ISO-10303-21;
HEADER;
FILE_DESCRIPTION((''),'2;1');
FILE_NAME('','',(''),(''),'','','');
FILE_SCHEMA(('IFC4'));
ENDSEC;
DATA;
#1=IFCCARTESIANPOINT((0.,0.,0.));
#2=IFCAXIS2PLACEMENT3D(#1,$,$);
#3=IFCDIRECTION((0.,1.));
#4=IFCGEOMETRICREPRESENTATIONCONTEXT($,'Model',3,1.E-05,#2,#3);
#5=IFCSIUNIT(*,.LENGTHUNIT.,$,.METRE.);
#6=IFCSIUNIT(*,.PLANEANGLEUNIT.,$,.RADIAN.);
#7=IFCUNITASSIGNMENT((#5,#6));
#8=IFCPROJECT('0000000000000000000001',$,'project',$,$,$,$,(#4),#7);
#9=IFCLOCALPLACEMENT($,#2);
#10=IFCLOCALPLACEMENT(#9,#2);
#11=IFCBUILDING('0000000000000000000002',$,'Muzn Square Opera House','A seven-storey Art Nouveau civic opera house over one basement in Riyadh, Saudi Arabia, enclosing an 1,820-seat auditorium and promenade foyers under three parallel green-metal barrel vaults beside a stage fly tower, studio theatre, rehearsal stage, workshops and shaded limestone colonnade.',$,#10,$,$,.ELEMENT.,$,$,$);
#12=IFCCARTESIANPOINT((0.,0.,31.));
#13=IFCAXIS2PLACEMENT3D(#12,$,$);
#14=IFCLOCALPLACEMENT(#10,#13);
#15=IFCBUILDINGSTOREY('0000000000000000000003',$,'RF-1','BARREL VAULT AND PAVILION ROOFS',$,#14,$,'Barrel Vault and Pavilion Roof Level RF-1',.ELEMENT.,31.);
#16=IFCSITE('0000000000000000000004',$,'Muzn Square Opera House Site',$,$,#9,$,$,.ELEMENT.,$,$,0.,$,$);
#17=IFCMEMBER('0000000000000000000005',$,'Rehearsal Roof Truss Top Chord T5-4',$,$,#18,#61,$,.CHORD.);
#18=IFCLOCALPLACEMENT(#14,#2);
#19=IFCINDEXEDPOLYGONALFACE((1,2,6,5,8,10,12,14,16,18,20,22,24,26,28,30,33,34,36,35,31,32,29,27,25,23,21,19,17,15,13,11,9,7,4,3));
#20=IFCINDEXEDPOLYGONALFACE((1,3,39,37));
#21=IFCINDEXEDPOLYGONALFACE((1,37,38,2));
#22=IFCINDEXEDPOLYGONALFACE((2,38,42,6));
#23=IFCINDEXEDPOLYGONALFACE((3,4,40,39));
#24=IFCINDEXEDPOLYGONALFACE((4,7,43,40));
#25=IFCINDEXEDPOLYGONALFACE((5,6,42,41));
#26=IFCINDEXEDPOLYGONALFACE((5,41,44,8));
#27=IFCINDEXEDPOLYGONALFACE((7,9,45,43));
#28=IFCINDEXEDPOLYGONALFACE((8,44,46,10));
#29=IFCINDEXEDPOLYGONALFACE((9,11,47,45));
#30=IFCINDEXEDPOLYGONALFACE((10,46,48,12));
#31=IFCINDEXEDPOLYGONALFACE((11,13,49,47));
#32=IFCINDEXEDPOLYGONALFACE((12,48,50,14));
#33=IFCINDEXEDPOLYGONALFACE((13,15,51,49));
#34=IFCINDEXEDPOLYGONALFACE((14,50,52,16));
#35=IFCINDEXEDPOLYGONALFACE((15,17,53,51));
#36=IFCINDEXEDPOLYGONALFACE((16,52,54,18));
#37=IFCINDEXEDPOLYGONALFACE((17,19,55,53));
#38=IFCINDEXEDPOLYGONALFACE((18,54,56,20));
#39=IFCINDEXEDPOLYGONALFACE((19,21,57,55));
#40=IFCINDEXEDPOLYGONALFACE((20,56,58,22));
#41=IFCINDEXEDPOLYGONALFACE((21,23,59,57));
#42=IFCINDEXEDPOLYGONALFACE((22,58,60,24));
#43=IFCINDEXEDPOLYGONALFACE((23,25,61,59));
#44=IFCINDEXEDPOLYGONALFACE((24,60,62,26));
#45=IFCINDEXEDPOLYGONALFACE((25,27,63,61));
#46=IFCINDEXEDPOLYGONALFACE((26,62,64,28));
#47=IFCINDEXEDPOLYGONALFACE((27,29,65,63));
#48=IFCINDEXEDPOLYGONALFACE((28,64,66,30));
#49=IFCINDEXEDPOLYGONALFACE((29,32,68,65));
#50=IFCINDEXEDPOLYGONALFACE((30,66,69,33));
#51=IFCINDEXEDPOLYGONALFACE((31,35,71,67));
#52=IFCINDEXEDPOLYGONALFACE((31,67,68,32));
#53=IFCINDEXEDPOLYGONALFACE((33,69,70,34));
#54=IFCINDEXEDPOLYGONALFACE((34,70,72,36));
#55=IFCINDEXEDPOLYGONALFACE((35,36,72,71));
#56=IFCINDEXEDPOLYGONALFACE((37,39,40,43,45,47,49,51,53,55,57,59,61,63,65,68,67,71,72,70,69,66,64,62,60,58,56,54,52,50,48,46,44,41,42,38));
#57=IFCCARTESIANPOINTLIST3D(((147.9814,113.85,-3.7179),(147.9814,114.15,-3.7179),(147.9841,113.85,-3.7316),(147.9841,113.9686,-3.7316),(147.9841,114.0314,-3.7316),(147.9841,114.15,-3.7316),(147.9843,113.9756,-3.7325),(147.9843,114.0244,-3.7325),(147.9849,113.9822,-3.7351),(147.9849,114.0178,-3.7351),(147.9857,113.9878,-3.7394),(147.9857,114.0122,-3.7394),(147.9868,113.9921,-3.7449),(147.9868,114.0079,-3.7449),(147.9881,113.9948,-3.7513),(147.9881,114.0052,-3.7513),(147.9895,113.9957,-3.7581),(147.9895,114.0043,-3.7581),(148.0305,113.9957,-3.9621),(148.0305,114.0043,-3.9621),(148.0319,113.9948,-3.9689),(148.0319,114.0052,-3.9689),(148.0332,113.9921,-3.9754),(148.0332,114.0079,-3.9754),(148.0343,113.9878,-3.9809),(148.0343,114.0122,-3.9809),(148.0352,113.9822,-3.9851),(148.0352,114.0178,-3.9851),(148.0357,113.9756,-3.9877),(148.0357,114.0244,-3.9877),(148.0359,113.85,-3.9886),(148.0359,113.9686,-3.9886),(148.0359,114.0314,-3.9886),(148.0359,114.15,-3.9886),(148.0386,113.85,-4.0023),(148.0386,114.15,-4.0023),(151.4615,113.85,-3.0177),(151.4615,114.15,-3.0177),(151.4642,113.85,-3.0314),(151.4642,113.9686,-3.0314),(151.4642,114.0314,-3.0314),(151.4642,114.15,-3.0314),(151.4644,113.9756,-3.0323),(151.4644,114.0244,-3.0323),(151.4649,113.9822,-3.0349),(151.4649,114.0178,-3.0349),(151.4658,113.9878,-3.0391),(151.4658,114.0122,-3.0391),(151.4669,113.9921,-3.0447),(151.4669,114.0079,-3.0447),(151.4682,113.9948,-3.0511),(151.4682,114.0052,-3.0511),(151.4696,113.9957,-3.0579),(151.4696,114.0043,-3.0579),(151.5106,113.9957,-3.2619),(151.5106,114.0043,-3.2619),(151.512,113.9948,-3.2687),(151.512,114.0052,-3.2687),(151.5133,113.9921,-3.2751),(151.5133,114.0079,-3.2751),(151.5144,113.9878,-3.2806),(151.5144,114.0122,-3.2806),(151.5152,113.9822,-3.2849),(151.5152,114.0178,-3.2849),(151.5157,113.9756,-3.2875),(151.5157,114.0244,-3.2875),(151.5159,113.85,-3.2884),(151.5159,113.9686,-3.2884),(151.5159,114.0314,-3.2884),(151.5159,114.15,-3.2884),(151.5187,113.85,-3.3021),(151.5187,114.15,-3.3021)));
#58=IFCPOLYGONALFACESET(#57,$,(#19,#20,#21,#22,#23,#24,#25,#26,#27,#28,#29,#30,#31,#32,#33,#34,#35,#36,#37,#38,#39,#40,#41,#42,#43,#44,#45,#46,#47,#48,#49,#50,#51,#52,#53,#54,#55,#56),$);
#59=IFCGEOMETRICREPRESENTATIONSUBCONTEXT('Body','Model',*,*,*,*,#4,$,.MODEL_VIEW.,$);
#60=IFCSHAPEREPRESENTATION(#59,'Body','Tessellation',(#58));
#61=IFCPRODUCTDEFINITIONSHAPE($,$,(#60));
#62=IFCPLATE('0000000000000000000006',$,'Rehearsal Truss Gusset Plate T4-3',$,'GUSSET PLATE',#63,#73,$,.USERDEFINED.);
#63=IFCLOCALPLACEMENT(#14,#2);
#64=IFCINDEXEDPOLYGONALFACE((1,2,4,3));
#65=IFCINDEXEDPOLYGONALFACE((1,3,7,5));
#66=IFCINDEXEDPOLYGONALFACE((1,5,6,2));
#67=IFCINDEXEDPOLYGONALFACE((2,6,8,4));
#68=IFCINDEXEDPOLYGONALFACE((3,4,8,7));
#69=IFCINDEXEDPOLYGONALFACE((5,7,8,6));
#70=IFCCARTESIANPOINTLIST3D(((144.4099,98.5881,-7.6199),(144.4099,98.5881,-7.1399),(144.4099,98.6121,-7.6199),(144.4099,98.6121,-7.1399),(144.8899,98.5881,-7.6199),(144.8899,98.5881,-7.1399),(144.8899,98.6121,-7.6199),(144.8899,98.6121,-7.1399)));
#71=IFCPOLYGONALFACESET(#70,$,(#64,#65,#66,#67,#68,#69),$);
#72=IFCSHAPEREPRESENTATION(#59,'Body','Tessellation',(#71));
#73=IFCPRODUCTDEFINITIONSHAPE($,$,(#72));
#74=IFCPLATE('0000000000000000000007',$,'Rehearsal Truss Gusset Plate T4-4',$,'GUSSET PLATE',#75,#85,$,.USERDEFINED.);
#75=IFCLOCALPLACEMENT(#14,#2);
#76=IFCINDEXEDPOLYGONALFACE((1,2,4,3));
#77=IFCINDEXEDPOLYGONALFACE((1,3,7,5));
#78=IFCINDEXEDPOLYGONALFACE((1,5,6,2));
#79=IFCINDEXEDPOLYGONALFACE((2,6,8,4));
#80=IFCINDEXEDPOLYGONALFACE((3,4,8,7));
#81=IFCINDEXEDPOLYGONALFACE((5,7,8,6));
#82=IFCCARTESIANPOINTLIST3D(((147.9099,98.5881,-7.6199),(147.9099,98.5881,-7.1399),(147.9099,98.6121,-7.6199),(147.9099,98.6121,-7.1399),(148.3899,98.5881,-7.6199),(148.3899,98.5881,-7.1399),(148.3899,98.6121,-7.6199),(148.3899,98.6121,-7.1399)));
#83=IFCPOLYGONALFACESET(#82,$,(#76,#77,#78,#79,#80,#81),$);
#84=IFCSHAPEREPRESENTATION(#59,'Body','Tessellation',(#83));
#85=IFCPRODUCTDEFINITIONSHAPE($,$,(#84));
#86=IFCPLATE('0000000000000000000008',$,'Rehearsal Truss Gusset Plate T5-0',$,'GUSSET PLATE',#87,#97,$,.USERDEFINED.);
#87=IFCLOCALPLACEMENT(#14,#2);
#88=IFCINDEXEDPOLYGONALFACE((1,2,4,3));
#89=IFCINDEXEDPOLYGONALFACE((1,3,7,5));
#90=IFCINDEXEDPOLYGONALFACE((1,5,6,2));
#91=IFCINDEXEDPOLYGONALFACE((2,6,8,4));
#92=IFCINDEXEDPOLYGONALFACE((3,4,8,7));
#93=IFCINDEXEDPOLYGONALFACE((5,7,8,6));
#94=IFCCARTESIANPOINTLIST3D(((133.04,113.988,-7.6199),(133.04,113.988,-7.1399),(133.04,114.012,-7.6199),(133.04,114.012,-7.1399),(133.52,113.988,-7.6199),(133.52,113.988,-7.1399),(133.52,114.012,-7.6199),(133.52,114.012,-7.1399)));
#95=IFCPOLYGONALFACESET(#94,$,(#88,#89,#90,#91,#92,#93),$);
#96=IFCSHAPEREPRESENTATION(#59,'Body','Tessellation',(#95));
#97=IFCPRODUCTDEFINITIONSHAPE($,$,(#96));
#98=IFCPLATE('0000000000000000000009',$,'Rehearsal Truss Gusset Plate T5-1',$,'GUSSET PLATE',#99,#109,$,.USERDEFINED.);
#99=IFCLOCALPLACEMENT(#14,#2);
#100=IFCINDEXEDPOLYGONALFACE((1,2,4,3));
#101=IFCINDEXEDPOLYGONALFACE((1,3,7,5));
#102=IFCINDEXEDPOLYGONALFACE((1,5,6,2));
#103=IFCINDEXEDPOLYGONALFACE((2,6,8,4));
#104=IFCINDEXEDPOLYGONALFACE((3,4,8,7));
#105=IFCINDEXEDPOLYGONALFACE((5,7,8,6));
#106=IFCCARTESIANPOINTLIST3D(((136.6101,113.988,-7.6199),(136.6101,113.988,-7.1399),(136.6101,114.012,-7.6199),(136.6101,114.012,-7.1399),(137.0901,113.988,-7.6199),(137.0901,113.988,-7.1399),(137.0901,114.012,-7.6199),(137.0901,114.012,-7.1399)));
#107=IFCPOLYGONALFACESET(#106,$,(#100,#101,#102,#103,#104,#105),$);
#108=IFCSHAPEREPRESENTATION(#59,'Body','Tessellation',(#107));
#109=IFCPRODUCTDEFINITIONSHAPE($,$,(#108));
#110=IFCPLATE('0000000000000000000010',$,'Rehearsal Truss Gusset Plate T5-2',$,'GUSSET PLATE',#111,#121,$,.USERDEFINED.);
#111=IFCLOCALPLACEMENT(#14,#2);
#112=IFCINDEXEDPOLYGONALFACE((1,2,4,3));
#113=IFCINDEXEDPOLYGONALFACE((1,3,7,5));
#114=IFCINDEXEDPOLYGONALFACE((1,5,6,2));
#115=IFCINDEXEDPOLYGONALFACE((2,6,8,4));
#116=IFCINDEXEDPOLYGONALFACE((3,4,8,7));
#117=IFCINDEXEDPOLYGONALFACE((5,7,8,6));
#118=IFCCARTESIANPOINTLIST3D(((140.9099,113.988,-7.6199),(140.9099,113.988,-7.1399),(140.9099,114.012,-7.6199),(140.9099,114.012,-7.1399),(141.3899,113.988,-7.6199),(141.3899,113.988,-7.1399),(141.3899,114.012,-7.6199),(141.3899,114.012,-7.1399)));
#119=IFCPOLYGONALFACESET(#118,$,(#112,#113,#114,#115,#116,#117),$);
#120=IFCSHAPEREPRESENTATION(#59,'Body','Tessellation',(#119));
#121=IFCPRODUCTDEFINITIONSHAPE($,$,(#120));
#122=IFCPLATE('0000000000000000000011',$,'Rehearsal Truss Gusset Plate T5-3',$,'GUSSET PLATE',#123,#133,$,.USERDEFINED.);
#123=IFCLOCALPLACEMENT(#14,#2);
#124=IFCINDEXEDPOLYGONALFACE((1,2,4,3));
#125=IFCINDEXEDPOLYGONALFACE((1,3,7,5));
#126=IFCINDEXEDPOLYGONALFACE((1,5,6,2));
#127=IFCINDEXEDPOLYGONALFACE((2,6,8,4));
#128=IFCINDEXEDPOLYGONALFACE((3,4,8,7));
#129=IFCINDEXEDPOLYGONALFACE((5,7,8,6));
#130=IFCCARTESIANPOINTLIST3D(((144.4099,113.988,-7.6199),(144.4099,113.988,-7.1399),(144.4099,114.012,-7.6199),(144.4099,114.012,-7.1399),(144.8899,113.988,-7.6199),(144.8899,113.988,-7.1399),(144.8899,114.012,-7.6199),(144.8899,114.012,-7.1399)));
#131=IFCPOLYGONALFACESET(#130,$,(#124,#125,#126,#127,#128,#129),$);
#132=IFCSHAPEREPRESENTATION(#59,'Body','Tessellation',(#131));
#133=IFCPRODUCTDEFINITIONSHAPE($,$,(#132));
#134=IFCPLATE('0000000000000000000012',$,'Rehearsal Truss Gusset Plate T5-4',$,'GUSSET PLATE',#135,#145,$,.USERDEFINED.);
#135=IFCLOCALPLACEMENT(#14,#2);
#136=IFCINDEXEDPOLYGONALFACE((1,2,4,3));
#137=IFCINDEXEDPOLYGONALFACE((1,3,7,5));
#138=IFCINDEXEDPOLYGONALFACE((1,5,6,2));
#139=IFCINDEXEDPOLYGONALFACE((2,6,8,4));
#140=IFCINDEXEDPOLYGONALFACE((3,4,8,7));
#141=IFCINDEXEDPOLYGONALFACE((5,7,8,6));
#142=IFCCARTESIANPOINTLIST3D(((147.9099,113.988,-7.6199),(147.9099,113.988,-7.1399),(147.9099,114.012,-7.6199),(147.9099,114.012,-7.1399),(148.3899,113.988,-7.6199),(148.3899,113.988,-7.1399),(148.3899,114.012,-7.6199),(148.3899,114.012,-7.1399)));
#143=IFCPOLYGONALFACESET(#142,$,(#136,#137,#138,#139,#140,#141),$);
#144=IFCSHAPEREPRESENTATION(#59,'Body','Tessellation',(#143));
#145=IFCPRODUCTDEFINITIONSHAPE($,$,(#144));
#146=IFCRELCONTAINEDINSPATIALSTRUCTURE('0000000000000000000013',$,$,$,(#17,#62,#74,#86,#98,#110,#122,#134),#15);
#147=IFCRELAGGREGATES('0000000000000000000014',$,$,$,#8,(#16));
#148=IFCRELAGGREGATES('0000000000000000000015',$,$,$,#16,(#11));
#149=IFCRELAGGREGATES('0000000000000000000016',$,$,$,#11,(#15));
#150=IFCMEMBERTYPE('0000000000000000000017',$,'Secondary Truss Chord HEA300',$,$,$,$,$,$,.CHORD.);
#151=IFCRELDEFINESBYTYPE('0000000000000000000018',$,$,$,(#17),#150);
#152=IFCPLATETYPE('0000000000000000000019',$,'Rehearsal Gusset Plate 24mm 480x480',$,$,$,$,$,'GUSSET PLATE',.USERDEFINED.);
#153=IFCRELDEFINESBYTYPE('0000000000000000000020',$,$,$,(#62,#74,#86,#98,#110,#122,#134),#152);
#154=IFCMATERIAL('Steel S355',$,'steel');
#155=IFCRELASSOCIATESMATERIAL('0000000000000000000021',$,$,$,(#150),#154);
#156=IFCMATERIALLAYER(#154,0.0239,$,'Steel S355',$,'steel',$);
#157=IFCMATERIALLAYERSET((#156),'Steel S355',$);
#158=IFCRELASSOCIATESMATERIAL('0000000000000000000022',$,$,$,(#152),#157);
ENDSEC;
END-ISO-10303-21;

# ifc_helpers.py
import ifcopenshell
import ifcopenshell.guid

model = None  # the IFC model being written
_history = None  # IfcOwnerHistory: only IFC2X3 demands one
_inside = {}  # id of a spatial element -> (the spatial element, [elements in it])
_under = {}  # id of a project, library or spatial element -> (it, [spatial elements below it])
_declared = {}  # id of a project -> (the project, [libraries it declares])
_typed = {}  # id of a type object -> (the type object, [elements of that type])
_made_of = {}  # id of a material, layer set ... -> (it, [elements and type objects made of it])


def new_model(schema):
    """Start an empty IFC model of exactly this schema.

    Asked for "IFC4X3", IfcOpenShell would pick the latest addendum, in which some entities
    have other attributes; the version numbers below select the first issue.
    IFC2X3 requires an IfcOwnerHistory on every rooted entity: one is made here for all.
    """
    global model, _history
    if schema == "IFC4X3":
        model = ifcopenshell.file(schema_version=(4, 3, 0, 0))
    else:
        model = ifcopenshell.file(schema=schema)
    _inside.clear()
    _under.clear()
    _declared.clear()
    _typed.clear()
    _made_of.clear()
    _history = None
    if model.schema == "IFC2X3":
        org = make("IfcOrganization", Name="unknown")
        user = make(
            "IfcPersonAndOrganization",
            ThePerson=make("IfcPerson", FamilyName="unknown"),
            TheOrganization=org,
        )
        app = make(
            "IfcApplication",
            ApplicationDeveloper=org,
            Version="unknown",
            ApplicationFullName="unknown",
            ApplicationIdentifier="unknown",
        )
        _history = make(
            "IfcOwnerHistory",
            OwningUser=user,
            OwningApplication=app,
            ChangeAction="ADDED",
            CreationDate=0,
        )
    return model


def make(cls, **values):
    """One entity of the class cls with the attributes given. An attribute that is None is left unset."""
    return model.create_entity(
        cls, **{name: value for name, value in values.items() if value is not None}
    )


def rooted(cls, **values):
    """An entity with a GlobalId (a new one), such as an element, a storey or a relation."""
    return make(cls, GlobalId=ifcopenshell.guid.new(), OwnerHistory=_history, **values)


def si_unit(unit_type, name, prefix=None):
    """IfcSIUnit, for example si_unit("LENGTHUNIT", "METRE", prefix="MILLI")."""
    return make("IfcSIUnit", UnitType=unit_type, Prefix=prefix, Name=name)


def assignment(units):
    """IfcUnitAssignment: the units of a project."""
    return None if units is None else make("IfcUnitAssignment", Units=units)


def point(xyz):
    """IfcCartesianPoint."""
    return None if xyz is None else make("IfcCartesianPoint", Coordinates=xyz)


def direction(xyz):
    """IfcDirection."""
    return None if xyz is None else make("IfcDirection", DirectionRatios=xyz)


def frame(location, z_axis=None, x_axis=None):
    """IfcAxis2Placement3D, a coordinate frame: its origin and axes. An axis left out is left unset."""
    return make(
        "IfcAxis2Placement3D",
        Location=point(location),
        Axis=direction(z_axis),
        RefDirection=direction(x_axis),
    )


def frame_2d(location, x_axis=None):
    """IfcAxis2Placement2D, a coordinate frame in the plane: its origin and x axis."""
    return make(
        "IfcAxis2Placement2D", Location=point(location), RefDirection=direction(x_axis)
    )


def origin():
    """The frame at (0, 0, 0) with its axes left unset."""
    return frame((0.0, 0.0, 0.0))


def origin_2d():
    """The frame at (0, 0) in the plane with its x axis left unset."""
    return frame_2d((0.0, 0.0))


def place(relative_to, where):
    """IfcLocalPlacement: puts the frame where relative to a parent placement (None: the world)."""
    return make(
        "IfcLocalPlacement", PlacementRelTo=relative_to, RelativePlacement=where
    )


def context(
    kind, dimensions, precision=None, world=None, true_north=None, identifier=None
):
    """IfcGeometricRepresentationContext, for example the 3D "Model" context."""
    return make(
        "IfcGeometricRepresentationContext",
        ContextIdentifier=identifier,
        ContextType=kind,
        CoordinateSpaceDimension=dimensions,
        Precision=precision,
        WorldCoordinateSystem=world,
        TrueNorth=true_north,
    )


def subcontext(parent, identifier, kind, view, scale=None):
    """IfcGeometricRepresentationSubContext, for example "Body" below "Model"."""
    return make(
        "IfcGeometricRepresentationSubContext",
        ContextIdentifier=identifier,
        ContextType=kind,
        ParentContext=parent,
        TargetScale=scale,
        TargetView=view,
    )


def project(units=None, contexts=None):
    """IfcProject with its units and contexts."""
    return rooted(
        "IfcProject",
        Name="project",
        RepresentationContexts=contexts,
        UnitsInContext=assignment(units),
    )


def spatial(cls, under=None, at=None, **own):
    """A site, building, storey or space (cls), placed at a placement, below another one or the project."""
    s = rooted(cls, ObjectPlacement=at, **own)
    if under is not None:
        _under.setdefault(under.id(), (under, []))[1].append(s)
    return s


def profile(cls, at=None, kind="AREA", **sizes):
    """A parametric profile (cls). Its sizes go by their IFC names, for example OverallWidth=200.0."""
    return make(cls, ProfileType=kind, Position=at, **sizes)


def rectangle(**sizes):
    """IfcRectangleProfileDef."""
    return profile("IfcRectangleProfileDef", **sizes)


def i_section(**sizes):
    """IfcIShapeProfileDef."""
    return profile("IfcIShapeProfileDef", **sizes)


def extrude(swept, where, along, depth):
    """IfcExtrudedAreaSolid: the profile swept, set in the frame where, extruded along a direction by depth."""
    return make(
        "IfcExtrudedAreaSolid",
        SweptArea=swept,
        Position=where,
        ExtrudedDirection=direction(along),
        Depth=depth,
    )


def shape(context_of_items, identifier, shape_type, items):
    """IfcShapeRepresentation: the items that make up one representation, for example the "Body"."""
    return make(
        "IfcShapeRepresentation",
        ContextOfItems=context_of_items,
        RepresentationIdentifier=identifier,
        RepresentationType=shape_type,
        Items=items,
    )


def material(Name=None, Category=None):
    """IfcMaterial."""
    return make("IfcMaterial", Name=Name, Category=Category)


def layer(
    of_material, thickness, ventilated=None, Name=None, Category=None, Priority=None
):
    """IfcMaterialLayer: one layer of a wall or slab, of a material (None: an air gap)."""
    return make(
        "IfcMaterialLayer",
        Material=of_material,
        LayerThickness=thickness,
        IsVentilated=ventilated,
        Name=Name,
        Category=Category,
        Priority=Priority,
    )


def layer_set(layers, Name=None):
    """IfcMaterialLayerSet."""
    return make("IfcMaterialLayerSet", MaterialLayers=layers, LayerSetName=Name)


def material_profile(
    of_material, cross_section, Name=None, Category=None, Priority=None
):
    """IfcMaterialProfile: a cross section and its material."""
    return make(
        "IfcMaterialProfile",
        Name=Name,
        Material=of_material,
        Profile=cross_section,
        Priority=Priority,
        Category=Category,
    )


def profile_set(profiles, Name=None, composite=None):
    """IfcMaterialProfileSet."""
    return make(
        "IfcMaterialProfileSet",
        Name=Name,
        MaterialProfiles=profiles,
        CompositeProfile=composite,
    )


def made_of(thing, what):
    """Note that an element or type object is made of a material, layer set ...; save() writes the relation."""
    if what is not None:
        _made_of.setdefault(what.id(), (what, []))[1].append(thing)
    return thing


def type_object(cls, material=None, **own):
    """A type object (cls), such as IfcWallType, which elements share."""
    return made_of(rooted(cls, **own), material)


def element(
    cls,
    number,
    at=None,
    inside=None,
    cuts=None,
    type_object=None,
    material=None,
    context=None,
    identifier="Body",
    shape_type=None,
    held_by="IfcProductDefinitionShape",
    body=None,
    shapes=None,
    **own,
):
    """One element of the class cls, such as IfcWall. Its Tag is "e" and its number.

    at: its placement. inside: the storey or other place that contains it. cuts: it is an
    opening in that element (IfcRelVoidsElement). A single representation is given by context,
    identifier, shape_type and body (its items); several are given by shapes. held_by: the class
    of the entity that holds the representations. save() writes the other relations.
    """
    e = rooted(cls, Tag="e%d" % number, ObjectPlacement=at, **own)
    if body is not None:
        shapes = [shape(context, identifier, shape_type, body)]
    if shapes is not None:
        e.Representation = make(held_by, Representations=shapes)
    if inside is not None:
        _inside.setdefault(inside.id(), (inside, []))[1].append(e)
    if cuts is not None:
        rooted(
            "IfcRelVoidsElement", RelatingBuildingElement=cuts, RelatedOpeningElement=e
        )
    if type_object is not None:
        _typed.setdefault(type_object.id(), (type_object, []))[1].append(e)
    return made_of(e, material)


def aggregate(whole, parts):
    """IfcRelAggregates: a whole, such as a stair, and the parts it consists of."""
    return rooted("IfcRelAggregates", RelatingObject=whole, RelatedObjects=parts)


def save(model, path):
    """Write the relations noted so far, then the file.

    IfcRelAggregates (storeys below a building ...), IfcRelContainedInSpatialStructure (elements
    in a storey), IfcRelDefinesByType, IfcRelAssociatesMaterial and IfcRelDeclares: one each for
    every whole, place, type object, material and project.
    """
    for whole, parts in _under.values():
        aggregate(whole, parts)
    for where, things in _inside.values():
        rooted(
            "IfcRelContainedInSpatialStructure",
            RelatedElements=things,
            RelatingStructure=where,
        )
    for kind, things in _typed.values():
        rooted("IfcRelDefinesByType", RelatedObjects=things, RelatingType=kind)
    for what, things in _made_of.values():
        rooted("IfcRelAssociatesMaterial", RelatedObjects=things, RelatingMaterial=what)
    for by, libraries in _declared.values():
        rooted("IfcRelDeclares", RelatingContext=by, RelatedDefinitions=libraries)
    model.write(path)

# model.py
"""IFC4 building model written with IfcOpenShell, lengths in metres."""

from ifc_helpers import new_model, si_unit, direction, frame, origin, origin_2d, place, context, subcontext, project, spatial, rectangle, i_section, extrude, material, layer, layer_set, material_profile, profile_set, type_object, element, save


model = new_model("IFC4")

# Units and contexts
model_context = context("Model", 3, precision=1e-05, world=origin(), true_north=direction((0.0, 1.0)))
body_context = subcontext(model_context, "Body", "Model", "MODEL_VIEW")
ifc_project = project(units=[si_unit("LENGTHUNIT", "METRE"), si_unit("PLANEANGLEUNIT", "RADIAN")], contexts=[model_context])

# Site, building, storey
site_placement = place(None, origin())
site = spatial("IfcSite", under=ifc_project, at=site_placement, Name="Muzn Square Opera House Site", CompositionType="ELEMENT", RefElevation=0.0)
building_placement = place(site_placement, origin())
building = spatial("IfcBuilding", under=site, at=building_placement, Name="Muzn Square Opera House", Description="A seven-storey Art Nouveau civic opera house over one basement in Riyadh, Saudi Arabia, enclosing an 1,820-seat auditorium and promenade foyers under three parallel green-metal barrel vaults beside a stage fly tower, studio theatre, rehearsal stage, workshops and shaded limestone colonnade.", CompositionType="ELEMENT")
storey_placement = place(building_placement, frame((0.0, 0.0, 31.0)))
storey = spatial("IfcBuildingStorey", under=building, at=storey_placement, Name="RF-1", Description="BARREL VAULT AND PAVILION ROOFS", LongName="Barrel Vault and Pavilion Roof Level RF-1", CompositionType="ELEMENT", Elevation=31.0)

# Shared definitions
ifc_material = material(Name="Steel S355", Category="steel")

# Member
ifc_material_profile_1 = material_profile(ifc_material, i_section(OverallWidth=0.3, OverallDepth=0.29, WebThickness=0.0085, FlangeThickness=0.0139, FilletRadius=0.0271, at=origin_2d()), Name="HEA 300", Category="steel")
ifc_profile_set_1 = profile_set([ifc_material_profile_1], Name="Steel S355")
member_type_1 = type_object("IfcMemberType", Name="Secondary Truss Chord HEA300", PredefinedType="CHORD", material=ifc_profile_set_1)
member_1_placement = place(storey_placement, frame((148.01, 114.0, -3.8601), z_axis=(0.980353, 0.0, 0.197253), x_axis=(0.0, 1.0, 0.0)))
element("IfcMember", 1, at=member_1_placement, inside=storey, type_object=member_type_1, Name="Rehearsal Roof Truss Top Chord T5-4", PredefinedType="CHORD", context=body_context, shape_type="SweptSolid", body=[
    extrude(i_section(OverallWidth=0.3, OverallDepth=0.29, WebThickness=0.0085, FlangeThickness=0.0139, FilletRadius=0.0271, at=origin_2d()), origin(), (0.0, 0.0, 1.0), 3.5498),
])

# Plates
ifc_layer = layer(ifc_material, 0.0239, Name="Steel S355", Category="steel")
ifc_layer_set = layer_set([ifc_layer], Name="Steel S355")
plate_type = type_object("IfcPlateType", Name="Rehearsal Gusset Plate 24mm 480x480", ElementType="GUSSET PLATE", PredefinedType="USERDEFINED", material=ifc_layer_set)
for number, where, z_axis, x_axis, name in (
    (2, (144.6499, 98.6001, -7.6199), (0.0, 0.0, 1.0), (1.0, 0.0, 0.0), "Rehearsal Truss Gusset Plate T4-3"),
    (3, (148.1499, 98.6001, -7.6199), (0.0, 0.0, 1.0), (1.0, 0.0, 0.0), "Rehearsal Truss Gusset Plate T4-4"),
    (4, (133.28, 114.0, -7.6199), (0.0, 0.0, 1.0), (1.0, 0.0, 0.0), "Rehearsal Truss Gusset Plate T5-0"),
    (5, (136.8501, 114.0, -7.6199), (0.0, 0.0, 1.0), (1.0, 0.0, 0.0), "Rehearsal Truss Gusset Plate T5-1"),
    (6, (141.1499, 114.0, -7.6199), (0.0, 0.0, 1.0), (1.0, 0.0, 0.0), "Rehearsal Truss Gusset Plate T5-2"),
    (7, (144.6499, 114.0, -7.6199), (0.0, 0.0, 1.0), (1.0, 0.0, 0.0), "Rehearsal Truss Gusset Plate T5-3"),
    (8, (148.1499, 114.0, -7.6199), (0.0, 0.0, 1.0), (1.0, 0.0, 0.0), "Rehearsal Truss Gusset Plate T5-4"),
):
    element("IfcPlate", number, at=place(storey_placement, frame(where, z_axis=z_axis, x_axis=x_axis)), inside=storey, type_object=plate_type, Name=name, ObjectType="GUSSET PLATE", PredefinedType="USERDEFINED", context=body_context, shape_type="SweptSolid", body=[
        extrude(rectangle(XDim=0.48, YDim=0.0239, at=origin_2d()), origin(), (0.0, 0.0, 1.0), 0.48),
    ])

save(model, "model.ifc")
